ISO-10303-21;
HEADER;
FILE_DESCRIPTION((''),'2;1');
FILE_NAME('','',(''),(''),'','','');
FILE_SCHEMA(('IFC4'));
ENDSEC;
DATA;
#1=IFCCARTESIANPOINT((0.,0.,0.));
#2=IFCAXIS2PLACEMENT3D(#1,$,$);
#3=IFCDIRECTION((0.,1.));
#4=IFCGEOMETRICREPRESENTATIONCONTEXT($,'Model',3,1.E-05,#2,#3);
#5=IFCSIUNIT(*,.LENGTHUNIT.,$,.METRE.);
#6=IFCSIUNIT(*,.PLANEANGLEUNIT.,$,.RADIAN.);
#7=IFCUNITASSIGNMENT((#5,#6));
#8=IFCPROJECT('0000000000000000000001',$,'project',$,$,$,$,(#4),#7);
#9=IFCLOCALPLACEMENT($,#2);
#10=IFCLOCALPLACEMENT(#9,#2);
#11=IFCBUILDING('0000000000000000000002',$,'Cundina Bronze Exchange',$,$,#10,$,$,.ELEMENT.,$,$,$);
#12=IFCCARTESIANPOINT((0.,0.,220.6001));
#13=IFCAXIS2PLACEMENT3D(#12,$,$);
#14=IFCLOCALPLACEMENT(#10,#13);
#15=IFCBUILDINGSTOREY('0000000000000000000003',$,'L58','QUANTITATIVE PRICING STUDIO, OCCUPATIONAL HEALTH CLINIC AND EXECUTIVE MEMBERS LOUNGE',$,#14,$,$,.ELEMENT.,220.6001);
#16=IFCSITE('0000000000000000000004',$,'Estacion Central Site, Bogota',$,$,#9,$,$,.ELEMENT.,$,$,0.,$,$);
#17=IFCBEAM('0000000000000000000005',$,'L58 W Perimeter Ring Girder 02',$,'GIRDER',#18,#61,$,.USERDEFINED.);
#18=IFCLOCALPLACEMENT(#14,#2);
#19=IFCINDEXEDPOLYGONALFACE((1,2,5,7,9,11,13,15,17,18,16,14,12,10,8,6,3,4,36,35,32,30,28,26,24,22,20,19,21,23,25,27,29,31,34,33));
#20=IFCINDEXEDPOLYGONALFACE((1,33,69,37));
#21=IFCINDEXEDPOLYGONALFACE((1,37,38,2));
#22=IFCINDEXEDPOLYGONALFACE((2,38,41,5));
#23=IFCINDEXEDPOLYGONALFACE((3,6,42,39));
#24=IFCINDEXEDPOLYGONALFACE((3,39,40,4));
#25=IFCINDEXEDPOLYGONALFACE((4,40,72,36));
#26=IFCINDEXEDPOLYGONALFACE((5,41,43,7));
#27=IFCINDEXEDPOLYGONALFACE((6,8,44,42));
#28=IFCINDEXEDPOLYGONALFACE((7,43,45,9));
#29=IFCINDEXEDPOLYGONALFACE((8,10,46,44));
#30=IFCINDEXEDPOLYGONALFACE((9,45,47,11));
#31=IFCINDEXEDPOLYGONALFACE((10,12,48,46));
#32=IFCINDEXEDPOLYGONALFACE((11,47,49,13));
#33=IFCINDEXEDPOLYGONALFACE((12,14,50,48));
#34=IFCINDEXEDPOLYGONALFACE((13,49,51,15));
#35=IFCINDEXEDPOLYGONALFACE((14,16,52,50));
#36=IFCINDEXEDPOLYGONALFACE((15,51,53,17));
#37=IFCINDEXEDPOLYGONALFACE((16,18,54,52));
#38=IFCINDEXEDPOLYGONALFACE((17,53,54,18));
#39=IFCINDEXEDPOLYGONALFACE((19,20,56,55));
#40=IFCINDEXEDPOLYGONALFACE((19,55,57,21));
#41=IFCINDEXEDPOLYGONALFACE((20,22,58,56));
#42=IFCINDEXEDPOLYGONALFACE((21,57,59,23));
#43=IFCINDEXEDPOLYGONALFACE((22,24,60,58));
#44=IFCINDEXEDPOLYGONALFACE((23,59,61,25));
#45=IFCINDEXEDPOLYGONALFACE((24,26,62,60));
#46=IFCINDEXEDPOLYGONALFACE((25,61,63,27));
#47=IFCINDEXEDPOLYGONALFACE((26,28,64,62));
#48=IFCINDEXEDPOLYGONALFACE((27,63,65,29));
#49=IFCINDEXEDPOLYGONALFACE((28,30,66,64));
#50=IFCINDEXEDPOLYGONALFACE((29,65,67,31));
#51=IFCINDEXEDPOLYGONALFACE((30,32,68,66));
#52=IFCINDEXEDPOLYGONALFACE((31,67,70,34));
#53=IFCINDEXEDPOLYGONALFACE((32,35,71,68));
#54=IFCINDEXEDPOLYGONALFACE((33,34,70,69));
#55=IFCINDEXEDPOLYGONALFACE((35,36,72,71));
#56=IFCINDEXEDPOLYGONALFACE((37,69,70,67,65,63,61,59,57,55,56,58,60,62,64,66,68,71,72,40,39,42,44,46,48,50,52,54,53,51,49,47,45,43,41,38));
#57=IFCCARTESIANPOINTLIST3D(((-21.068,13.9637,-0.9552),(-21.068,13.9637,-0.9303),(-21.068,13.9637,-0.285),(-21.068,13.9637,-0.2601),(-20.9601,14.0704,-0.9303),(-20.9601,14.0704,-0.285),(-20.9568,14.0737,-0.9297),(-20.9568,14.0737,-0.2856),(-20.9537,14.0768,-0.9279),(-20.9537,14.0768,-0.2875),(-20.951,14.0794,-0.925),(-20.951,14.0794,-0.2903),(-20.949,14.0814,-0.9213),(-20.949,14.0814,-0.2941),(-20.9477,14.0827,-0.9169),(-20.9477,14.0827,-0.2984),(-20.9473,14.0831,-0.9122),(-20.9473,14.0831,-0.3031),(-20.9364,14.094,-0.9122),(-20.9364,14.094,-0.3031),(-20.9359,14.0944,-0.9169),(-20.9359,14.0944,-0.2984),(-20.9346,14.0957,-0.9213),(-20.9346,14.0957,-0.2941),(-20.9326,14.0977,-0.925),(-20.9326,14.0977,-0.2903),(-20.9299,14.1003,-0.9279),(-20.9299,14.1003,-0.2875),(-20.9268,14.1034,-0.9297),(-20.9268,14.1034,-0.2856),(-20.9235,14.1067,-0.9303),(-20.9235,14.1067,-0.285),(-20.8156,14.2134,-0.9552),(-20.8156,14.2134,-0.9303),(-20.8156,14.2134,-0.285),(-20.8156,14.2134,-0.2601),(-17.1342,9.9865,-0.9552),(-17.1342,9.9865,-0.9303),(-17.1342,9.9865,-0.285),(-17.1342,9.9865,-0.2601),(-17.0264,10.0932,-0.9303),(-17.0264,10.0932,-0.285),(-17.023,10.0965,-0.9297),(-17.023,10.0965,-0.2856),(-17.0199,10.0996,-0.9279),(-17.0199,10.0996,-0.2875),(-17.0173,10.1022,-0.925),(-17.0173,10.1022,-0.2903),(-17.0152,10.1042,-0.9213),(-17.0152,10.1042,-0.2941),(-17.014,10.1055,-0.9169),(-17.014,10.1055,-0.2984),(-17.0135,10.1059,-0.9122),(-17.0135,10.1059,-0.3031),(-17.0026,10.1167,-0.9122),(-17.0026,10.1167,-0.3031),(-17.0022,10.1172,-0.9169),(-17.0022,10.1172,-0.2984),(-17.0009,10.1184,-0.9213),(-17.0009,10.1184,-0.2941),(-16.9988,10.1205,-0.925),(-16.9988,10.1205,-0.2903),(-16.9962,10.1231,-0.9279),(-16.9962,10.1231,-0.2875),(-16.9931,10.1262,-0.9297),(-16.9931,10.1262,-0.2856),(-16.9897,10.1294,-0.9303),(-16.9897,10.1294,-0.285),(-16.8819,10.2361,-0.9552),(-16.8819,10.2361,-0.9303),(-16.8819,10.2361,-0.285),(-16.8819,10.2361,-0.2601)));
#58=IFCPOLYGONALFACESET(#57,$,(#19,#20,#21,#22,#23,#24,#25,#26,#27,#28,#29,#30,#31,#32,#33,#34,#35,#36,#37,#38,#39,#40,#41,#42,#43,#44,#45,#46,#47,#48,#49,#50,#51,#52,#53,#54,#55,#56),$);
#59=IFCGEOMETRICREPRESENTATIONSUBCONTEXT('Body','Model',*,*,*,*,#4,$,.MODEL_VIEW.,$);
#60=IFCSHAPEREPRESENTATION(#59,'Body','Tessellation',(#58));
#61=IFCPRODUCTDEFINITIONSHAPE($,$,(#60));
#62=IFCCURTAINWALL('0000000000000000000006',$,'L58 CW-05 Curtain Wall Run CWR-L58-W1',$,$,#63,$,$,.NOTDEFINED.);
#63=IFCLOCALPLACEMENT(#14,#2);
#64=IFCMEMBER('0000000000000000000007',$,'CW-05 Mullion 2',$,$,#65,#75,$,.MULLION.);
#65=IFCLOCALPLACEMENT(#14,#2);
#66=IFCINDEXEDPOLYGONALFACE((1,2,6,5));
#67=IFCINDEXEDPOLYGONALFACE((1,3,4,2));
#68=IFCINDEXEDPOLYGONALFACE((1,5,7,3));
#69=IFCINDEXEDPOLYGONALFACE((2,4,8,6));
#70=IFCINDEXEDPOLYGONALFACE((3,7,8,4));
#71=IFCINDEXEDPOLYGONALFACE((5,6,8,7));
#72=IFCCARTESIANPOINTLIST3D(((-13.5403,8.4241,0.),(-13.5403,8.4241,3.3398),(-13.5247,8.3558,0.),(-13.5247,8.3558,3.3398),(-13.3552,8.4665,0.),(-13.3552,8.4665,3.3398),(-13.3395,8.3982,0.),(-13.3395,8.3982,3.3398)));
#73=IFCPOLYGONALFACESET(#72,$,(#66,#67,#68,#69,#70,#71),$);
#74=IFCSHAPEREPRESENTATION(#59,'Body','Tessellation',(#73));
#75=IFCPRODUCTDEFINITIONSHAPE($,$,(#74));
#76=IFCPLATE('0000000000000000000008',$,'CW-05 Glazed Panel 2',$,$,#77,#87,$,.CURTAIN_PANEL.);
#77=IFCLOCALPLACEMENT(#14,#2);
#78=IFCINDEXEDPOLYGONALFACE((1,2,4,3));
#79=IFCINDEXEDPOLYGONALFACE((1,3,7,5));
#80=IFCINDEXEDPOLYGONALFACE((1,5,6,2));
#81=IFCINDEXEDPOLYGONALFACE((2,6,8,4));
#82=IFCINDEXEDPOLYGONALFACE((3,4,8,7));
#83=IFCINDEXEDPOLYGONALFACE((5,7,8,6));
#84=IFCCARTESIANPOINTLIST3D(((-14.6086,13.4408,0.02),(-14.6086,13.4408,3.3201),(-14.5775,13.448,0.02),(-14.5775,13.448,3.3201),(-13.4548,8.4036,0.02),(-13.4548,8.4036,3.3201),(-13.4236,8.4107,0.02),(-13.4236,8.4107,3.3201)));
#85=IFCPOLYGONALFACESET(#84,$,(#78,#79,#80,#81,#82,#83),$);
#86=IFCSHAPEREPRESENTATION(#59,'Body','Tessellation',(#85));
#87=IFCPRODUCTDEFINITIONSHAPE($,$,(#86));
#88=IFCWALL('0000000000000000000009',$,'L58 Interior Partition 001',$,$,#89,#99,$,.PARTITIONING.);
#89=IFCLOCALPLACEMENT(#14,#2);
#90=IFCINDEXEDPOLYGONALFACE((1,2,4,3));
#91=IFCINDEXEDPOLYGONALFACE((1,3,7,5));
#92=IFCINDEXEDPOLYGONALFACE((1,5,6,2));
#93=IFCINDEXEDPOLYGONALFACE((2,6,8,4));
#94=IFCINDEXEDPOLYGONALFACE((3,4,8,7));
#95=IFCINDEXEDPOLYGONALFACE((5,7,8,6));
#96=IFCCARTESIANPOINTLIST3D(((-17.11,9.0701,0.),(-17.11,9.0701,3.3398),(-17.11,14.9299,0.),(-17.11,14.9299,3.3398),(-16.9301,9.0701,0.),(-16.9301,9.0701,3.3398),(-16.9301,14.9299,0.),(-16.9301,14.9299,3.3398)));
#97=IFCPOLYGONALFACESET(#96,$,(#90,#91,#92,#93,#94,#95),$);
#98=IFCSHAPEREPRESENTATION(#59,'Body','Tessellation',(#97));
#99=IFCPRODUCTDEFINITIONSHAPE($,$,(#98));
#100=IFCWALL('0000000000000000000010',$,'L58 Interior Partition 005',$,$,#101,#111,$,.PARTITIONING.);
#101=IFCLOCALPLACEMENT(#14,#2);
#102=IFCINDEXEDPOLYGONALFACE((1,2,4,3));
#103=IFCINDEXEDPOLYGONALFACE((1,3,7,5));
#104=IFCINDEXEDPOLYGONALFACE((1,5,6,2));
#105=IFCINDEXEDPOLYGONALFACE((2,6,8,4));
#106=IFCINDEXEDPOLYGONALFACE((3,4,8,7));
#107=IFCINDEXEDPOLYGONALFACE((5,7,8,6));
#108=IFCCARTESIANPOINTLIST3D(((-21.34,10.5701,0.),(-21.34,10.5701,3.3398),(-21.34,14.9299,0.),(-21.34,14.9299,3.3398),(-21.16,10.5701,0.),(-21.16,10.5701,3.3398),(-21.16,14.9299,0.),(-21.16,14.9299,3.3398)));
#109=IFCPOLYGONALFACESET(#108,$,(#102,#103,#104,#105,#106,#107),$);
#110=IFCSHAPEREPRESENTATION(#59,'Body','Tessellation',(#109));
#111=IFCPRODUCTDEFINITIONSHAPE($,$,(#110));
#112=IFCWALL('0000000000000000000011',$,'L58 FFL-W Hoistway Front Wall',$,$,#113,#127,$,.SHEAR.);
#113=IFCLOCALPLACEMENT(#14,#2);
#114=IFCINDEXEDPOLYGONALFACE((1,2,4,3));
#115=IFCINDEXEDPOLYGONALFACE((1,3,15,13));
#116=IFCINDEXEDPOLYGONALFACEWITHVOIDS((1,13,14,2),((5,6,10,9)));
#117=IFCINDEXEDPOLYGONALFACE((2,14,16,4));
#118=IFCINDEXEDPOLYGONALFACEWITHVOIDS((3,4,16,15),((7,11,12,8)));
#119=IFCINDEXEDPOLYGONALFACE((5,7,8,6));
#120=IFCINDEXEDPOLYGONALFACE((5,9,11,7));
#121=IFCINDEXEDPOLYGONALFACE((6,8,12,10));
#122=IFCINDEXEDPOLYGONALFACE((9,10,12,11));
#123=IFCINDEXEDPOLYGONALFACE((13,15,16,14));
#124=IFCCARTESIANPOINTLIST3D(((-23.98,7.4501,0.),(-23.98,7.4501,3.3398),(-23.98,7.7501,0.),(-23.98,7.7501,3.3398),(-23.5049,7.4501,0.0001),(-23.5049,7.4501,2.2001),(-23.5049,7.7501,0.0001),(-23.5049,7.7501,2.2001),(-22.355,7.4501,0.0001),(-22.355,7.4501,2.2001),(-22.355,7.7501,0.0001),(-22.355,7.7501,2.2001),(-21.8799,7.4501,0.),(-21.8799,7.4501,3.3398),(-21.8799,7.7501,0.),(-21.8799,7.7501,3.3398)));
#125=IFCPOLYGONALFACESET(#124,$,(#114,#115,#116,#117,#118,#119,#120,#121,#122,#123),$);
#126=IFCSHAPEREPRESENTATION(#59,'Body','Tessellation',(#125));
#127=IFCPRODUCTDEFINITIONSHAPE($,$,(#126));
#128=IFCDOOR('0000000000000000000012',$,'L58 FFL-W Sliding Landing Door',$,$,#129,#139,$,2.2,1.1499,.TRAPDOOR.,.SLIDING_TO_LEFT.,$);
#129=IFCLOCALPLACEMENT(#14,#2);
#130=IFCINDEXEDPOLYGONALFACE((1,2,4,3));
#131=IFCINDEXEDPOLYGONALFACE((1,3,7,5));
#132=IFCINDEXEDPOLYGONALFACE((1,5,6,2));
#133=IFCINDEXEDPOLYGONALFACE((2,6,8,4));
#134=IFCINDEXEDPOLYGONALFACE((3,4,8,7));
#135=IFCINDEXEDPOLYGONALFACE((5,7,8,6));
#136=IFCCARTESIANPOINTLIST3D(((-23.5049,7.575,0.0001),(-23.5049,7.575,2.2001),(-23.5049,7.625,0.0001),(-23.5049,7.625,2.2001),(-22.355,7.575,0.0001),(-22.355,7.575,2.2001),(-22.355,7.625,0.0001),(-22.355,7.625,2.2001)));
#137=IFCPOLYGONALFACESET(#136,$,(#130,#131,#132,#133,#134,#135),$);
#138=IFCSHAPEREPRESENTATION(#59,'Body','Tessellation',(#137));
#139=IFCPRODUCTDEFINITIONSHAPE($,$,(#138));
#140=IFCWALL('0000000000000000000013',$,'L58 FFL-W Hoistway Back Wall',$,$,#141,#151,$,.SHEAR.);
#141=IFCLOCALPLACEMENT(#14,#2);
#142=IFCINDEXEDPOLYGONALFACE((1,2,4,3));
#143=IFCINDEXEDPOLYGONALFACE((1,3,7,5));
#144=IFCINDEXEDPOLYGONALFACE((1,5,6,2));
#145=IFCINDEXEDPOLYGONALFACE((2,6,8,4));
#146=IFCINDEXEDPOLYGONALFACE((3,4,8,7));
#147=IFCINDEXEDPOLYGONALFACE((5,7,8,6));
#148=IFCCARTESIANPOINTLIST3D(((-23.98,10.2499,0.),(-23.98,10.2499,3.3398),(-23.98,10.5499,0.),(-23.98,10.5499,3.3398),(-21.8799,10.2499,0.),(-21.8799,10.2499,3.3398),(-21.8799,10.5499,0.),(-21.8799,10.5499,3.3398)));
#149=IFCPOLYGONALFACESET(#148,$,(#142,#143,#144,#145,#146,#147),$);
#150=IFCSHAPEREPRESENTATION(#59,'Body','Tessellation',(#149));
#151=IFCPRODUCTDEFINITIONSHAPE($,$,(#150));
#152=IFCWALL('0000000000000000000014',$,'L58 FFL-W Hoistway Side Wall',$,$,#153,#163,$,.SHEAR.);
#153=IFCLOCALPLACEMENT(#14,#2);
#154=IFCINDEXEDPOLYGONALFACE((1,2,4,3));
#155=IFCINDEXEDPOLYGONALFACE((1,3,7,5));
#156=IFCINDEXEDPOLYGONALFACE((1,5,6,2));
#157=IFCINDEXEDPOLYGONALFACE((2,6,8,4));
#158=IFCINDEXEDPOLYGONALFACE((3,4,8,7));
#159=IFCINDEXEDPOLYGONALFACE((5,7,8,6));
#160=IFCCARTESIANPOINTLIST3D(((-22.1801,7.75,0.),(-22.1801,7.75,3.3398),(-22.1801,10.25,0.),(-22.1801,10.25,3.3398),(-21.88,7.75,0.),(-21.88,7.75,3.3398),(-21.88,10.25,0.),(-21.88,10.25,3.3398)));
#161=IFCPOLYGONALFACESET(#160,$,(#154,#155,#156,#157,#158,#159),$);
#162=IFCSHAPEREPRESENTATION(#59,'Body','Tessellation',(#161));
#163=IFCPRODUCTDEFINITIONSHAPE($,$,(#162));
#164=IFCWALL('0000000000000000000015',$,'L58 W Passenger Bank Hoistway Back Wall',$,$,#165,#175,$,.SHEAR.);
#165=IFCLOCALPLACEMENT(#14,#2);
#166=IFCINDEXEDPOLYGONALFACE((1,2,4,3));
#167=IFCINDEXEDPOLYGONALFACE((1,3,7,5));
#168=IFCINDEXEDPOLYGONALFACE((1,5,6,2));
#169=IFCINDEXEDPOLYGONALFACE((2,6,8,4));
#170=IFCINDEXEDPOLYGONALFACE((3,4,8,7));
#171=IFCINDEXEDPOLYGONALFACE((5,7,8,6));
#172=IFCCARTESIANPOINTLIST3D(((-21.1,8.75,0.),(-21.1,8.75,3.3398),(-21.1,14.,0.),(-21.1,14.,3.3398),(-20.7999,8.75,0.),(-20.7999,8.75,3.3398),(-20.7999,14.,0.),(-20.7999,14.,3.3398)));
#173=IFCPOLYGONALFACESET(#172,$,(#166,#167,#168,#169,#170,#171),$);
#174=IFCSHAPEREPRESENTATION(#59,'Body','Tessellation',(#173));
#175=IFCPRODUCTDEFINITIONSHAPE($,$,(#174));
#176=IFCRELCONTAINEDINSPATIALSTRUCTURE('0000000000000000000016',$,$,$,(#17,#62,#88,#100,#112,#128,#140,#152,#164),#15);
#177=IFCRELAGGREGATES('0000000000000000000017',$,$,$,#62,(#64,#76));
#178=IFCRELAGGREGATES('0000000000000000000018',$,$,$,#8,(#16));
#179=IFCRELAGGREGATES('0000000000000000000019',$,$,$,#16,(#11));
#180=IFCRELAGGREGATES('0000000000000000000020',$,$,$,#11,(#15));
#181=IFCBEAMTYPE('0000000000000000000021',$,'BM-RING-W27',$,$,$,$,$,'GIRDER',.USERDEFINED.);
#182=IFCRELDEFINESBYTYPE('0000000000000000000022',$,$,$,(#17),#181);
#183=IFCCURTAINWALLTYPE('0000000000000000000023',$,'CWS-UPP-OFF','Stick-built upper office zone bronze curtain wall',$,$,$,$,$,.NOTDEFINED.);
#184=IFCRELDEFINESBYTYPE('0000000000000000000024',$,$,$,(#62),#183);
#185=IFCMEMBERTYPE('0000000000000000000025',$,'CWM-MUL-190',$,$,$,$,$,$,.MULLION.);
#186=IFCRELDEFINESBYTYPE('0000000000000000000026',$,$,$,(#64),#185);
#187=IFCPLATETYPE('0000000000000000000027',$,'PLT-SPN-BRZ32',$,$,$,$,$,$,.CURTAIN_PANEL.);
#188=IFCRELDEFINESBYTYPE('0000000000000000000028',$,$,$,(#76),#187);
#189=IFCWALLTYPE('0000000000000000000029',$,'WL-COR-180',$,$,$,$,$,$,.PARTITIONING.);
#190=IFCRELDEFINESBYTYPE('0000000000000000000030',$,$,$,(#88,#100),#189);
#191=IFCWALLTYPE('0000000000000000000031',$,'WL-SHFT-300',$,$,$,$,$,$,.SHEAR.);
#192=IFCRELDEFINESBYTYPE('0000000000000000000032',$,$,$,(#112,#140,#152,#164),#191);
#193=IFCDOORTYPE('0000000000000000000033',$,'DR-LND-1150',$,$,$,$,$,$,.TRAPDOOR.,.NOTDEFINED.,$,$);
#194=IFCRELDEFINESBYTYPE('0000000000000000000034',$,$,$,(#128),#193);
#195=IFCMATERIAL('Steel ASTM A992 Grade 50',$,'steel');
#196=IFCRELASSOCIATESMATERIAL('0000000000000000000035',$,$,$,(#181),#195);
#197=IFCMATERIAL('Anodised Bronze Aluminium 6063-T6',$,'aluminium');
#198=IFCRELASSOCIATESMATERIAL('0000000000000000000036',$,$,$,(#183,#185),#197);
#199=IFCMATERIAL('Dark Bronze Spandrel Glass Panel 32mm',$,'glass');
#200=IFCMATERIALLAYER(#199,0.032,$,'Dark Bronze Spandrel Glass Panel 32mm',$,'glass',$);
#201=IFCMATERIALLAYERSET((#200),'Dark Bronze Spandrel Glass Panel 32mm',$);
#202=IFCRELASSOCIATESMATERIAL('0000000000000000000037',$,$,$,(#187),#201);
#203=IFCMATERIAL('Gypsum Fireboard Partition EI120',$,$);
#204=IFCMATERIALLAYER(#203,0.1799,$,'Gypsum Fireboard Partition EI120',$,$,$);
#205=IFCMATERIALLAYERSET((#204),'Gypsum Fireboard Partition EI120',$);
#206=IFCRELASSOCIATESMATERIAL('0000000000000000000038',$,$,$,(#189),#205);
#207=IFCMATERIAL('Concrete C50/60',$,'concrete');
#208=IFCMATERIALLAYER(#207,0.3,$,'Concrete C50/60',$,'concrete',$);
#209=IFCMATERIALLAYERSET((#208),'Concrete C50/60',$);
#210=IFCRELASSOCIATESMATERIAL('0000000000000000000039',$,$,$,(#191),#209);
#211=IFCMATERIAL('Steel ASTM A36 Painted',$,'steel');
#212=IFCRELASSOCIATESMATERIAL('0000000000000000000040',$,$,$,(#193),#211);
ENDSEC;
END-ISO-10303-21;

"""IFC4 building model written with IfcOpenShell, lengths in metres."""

from ifc_helpers import new_model, si_unit, direction, frame, frame_2d, origin, origin_2d, place, context, subcontext, project, spatial, rectangle, i_section, extrude, material, layer, layer_set, material_profile, profile_set, type_object, element, fill, aggregate, save


model = new_model("IFC4")

# Units and contexts
model_context = context("Model", 3, precision=1e-05, world=origin(), true_north=direction((0.0, 1.0)))
body_context = subcontext(model_context, "Body", "Model", "MODEL_VIEW")
ifc_project = project(units=[si_unit("LENGTHUNIT", "METRE"), si_unit("PLANEANGLEUNIT", "RADIAN")], contexts=[model_context])

# Site, building, storey
site_placement = place(None, origin())
site = spatial("IfcSite", under=ifc_project, at=site_placement, Name="Estacion Central Site, Bogota", CompositionType="ELEMENT", RefElevation=0.0)
building_placement = place(site_placement, origin())
building = spatial("IfcBuilding", under=site, at=building_placement, Name="Cundina Bronze Exchange", CompositionType="ELEMENT")
storey_placement = place(building_placement, frame((0.0, 0.0, 220.6001)))
storey = spatial("IfcBuildingStorey", under=building, at=storey_placement, Name="L58", Description="QUANTITATIVE PRICING STUDIO, OCCUPATIONAL HEALTH CLINIC AND EXECUTIVE MEMBERS LOUNGE", CompositionType="ELEMENT", Elevation=220.6001)

# Shared definitions
ifc_material_1 = material(Name="Concrete C50/60", Category="concrete")

# Beam
ifc_material_2 = material(Name="Steel ASTM A992 Grade 50", Category="steel")
ifc_material_profile_1 = material_profile(ifc_material_2, i_section(OverallWidth=0.355, OverallDepth=0.6951, WebThickness=0.0154, FlangeThickness=0.0249, FilletRadius=0.0181, at=origin_2d()), Name="W27X146", Category="steel")
ifc_profile_set_1 = profile_set([ifc_material_profile_1], Name="Steel ASTM A992 Grade 50")
beam_type_1 = type_object("IfcBeamType", Name="BM-RING-W27", ElementType="GIRDER", PredefinedType="USERDEFINED", material=ifc_profile_set_1)
beam_1_placement = place(storey_placement, frame((-17.0081, 10.1113, -0.6077), z_axis=(-0.703212, 0.71098, 0.0), x_axis=(-0.71098, -0.703212, 0.0)))
element("IfcBeam", 1, at=beam_1_placement, inside=storey, type_object=beam_type_1, Name="L58 W Perimeter Ring Girder 02", ObjectType="GIRDER", PredefinedType="USERDEFINED", context=body_context, shape_type="SweptSolid", body=[
    extrude(i_section(OverallWidth=0.355, OverallDepth=0.6951, WebThickness=0.0154, FlangeThickness=0.0249, FilletRadius=0.0181, at=origin_2d()), origin(), (0.0, 0.0, 1.0), 5.594),
])

# Curtain wall, member, plate
ifc_material_3 = material(Name="Anodised Bronze Aluminium 6063-T6", Category="aluminium")
curtain_wall_type = type_object("IfcCurtainWallType", Name="CWS-UPP-OFF", Description="Stick-built upper office zone bronze curtain wall", PredefinedType="NOTDEFINED", material=ifc_material_3)
curtain_wall_placement = place(storey_placement, origin())
curtain_wall = element("IfcCurtainWall", 2, at=curtain_wall_placement, inside=storey, type_object=curtain_wall_type, Name="L58 CW-05 Curtain Wall Run CWR-L58-W1", PredefinedType="NOTDEFINED")
ifc_material_profile_2 = material_profile(ifc_material_3, rectangle(XDim=0.0701, YDim=0.1899, at=origin_2d()), Name="AL70X190", Category="aluminium")
ifc_profile_set_2 = profile_set([ifc_material_profile_2], Name="Anodised Bronze Aluminium 6063-T6")
member_type = type_object("IfcMemberType", Name="CWM-MUL-190", PredefinedType="MULLION", material=ifc_profile_set_2)
member_placement = place(storey_placement, frame((-13.4399, 8.4111, 0.0), z_axis=(0.0, 0.0, 1.0), x_axis=(-0.22325, 0.974761, 0.0)))
member = element("IfcMember", 3, at=member_placement, type_object=member_type, Name="CW-05 Mullion 2", PredefinedType="MULLION", context=body_context, shape_type="SweptSolid", body=[
    extrude(rectangle(XDim=0.0701, YDim=0.1899, at=origin_2d()), origin(), (0.0, 0.0, 1.0), 3.3398),
])
ifc_material_4 = material(Name="Dark Bronze Spandrel Glass Panel 32mm", Category="glass")
ifc_layer_1 = layer(ifc_material_4, 0.032, Name="Dark Bronze Spandrel Glass Panel 32mm", Category="glass")
ifc_layer_set_1 = layer_set([ifc_layer_1], Name="Dark Bronze Spandrel Glass Panel 32mm")
plate_type = type_object("IfcPlateType", Name="PLT-SPN-BRZ32", PredefinedType="CURTAIN_PANEL", material=ifc_layer_set_1)
plate_placement = place(storey_placement, frame((-14.0161, 10.9258, 0.02), z_axis=(0.0, 0.0, 1.0), x_axis=(-0.223284, 0.974753, 0.0)))
plate = element("IfcPlate", 4, at=plate_placement, type_object=plate_type, Name="CW-05 Glazed Panel 2", PredefinedType="CURTAIN_PANEL", context=body_context, shape_type="SweptSolid", body=[
    extrude(rectangle(XDim=5.1677, YDim=0.032, at=origin_2d()), origin(), (0.0, 0.0, 1.0), 3.3),
])
aggregate(curtain_wall, [member, plate])

# Walls
ifc_material_5 = material(Name="Gypsum Fireboard Partition EI120")
ifc_layer_2 = layer(ifc_material_5, 0.1799, Name="Gypsum Fireboard Partition EI120")
ifc_layer_set_2 = layer_set([ifc_layer_2], Name="Gypsum Fireboard Partition EI120")
wall_type_1 = type_object("IfcWallType", Name="WL-COR-180", PredefinedType="PARTITIONING", material=ifc_layer_set_2)
wall_1_placement = place(storey_placement, frame((-17.02, 9.0701, 0.0), z_axis=(0.0, 0.0, 1.0), x_axis=(0.0, 1.0, 0.0)))
element("IfcWall", 5, at=wall_1_placement, inside=storey, type_object=wall_type_1, Name="L58 Interior Partition 001", PredefinedType="PARTITIONING", context=body_context, shape_type="SweptSolid", body=[
    extrude(rectangle(XDim=5.8599, YDim=0.1799, at=frame_2d((2.9299, 0.0))), origin(), (0.0, 0.0, 1.0), 3.3398),
])
wall_2_placement = place(storey_placement, frame((-21.25, 10.5701, 0.0), z_axis=(0.0, 0.0, 1.0), x_axis=(0.0, 1.0, 0.0)))
element("IfcWall", 6, at=wall_2_placement, inside=storey, type_object=wall_type_1, Name="L58 Interior Partition 005", PredefinedType="PARTITIONING", context=body_context, shape_type="SweptSolid", body=[
    extrude(rectangle(XDim=4.3599, YDim=0.1799, at=frame_2d((2.1799, 0.0))), origin(), (0.0, 0.0, 1.0), 3.3398),
])

# Wall, opening, door
ifc_layer_3 = layer(ifc_material_1, 0.3, Name="Concrete C50/60", Category="concrete")
ifc_layer_set_3 = layer_set([ifc_layer_3], Name="Concrete C50/60")
wall_type_2 = type_object("IfcWallType", Name="WL-SHFT-300", PredefinedType="SHEAR", material=ifc_layer_set_3)
ifc_material_6 = material(Name="Steel ASTM A36 Painted", Category="steel")
wall_3_placement = place(storey_placement, frame((-23.98, 7.6001, 0.0), z_axis=(0.0, 0.0, 1.0), x_axis=(1.0, 0.0, 0.0)))
wall_3 = element("IfcWall", 7, at=wall_3_placement, inside=storey, type_object=wall_type_2, Name="L58 FFL-W Hoistway Front Wall", PredefinedType="SHEAR", context=body_context, shape_type="SweptSolid", body=[
    extrude(rectangle(XDim=2.1001, YDim=0.3, at=frame_2d((1.05, 0.0))), origin(), (0.0, 0.0, 1.0), 3.3398),
])
opening_1_placement = place(wall_3_placement, frame((0.4751, 0.0, 0.0)))
opening_1 = element("IfcOpeningElement", 8, at=opening_1_placement, cuts=wall_3, PredefinedType="OPENING", context=body_context, shape_type="SweptSolid", body=[
    extrude(rectangle(XDim=1.1499, YDim=2.2, at=frame_2d((0.575, 1.1001))), frame((0.0, 0.1599, 0.0), z_axis=(0.0, -1.0, 0.0), x_axis=(1.0, 0.0, 0.0)), (0.0, 0.0, 1.0), 0.3201),
])
door_type_1 = type_object("IfcDoorType", Name="DR-LND-1150", OperationType="NOTDEFINED", PredefinedType="TRAPDOOR", material=ifc_material_6)
door_1_placement = place(opening_1_placement, origin())
door_1 = element("IfcDoor", 9, at=door_1_placement, inside=storey, type_object=door_type_1, Name="L58 FFL-W Sliding Landing Door", OperationType="SLIDING_TO_LEFT", OverallHeight=2.2, OverallWidth=1.1499, PredefinedType="TRAPDOOR", context=body_context, shape_type="SweptSolid", body=[
    extrude(rectangle(XDim=1.1499, YDim=2.2, at=frame_2d((0.575, 1.1001))), frame((0.0, 0.0249, 0.0), z_axis=(0.0, -1.0, 0.0), x_axis=(1.0, 0.0, 0.0)), (0.0, 0.0, 1.0), 0.05),
])
fill(opening_1, door_1)

# Walls
wall_4_placement = place(storey_placement, frame((-23.98, 10.3999, 0.0), z_axis=(0.0, 0.0, 1.0), x_axis=(1.0, 0.0, 0.0)))
element("IfcWall", 10, at=wall_4_placement, inside=storey, type_object=wall_type_2, Name="L58 FFL-W Hoistway Back Wall", PredefinedType="SHEAR", context=body_context, shape_type="SweptSolid", body=[
    extrude(rectangle(XDim=2.1001, YDim=0.3, at=frame_2d((1.05, 0.0))), origin(), (0.0, 0.0, 1.0), 3.3398),
])
wall_5_placement = place(storey_placement, frame((-22.03, 7.75, 0.0), z_axis=(0.0, 0.0, 1.0), x_axis=(0.0, 1.0, 0.0)))
element("IfcWall", 11, at=wall_5_placement, inside=storey, type_object=wall_type_2, Name="L58 FFL-W Hoistway Side Wall", PredefinedType="SHEAR", context=body_context, shape_type="SweptSolid", body=[
    extrude(rectangle(XDim=2.5, YDim=0.3, at=frame_2d((1.25, 0.0))), origin(), (0.0, 0.0, 1.0), 3.3398),
])
wall_6_placement = place(storey_placement, frame((-20.95, 8.75, 0.0), z_axis=(0.0, 0.0, 1.0), x_axis=(0.0, 1.0, 0.0)))
element("IfcWall", 12, at=wall_6_placement, inside=storey, type_object=wall_type_2, Name="L58 W Passenger Bank Hoistway Back Wall", PredefinedType="SHEAR", context=body_context, shape_type="SweptSolid", body=[
    extrude(rectangle(XDim=5.25, YDim=0.3, at=frame_2d((2.625, 0.0))), origin(), (0.0, 0.0, 1.0), 3.3398),
])

save(model, "model.ifc")
